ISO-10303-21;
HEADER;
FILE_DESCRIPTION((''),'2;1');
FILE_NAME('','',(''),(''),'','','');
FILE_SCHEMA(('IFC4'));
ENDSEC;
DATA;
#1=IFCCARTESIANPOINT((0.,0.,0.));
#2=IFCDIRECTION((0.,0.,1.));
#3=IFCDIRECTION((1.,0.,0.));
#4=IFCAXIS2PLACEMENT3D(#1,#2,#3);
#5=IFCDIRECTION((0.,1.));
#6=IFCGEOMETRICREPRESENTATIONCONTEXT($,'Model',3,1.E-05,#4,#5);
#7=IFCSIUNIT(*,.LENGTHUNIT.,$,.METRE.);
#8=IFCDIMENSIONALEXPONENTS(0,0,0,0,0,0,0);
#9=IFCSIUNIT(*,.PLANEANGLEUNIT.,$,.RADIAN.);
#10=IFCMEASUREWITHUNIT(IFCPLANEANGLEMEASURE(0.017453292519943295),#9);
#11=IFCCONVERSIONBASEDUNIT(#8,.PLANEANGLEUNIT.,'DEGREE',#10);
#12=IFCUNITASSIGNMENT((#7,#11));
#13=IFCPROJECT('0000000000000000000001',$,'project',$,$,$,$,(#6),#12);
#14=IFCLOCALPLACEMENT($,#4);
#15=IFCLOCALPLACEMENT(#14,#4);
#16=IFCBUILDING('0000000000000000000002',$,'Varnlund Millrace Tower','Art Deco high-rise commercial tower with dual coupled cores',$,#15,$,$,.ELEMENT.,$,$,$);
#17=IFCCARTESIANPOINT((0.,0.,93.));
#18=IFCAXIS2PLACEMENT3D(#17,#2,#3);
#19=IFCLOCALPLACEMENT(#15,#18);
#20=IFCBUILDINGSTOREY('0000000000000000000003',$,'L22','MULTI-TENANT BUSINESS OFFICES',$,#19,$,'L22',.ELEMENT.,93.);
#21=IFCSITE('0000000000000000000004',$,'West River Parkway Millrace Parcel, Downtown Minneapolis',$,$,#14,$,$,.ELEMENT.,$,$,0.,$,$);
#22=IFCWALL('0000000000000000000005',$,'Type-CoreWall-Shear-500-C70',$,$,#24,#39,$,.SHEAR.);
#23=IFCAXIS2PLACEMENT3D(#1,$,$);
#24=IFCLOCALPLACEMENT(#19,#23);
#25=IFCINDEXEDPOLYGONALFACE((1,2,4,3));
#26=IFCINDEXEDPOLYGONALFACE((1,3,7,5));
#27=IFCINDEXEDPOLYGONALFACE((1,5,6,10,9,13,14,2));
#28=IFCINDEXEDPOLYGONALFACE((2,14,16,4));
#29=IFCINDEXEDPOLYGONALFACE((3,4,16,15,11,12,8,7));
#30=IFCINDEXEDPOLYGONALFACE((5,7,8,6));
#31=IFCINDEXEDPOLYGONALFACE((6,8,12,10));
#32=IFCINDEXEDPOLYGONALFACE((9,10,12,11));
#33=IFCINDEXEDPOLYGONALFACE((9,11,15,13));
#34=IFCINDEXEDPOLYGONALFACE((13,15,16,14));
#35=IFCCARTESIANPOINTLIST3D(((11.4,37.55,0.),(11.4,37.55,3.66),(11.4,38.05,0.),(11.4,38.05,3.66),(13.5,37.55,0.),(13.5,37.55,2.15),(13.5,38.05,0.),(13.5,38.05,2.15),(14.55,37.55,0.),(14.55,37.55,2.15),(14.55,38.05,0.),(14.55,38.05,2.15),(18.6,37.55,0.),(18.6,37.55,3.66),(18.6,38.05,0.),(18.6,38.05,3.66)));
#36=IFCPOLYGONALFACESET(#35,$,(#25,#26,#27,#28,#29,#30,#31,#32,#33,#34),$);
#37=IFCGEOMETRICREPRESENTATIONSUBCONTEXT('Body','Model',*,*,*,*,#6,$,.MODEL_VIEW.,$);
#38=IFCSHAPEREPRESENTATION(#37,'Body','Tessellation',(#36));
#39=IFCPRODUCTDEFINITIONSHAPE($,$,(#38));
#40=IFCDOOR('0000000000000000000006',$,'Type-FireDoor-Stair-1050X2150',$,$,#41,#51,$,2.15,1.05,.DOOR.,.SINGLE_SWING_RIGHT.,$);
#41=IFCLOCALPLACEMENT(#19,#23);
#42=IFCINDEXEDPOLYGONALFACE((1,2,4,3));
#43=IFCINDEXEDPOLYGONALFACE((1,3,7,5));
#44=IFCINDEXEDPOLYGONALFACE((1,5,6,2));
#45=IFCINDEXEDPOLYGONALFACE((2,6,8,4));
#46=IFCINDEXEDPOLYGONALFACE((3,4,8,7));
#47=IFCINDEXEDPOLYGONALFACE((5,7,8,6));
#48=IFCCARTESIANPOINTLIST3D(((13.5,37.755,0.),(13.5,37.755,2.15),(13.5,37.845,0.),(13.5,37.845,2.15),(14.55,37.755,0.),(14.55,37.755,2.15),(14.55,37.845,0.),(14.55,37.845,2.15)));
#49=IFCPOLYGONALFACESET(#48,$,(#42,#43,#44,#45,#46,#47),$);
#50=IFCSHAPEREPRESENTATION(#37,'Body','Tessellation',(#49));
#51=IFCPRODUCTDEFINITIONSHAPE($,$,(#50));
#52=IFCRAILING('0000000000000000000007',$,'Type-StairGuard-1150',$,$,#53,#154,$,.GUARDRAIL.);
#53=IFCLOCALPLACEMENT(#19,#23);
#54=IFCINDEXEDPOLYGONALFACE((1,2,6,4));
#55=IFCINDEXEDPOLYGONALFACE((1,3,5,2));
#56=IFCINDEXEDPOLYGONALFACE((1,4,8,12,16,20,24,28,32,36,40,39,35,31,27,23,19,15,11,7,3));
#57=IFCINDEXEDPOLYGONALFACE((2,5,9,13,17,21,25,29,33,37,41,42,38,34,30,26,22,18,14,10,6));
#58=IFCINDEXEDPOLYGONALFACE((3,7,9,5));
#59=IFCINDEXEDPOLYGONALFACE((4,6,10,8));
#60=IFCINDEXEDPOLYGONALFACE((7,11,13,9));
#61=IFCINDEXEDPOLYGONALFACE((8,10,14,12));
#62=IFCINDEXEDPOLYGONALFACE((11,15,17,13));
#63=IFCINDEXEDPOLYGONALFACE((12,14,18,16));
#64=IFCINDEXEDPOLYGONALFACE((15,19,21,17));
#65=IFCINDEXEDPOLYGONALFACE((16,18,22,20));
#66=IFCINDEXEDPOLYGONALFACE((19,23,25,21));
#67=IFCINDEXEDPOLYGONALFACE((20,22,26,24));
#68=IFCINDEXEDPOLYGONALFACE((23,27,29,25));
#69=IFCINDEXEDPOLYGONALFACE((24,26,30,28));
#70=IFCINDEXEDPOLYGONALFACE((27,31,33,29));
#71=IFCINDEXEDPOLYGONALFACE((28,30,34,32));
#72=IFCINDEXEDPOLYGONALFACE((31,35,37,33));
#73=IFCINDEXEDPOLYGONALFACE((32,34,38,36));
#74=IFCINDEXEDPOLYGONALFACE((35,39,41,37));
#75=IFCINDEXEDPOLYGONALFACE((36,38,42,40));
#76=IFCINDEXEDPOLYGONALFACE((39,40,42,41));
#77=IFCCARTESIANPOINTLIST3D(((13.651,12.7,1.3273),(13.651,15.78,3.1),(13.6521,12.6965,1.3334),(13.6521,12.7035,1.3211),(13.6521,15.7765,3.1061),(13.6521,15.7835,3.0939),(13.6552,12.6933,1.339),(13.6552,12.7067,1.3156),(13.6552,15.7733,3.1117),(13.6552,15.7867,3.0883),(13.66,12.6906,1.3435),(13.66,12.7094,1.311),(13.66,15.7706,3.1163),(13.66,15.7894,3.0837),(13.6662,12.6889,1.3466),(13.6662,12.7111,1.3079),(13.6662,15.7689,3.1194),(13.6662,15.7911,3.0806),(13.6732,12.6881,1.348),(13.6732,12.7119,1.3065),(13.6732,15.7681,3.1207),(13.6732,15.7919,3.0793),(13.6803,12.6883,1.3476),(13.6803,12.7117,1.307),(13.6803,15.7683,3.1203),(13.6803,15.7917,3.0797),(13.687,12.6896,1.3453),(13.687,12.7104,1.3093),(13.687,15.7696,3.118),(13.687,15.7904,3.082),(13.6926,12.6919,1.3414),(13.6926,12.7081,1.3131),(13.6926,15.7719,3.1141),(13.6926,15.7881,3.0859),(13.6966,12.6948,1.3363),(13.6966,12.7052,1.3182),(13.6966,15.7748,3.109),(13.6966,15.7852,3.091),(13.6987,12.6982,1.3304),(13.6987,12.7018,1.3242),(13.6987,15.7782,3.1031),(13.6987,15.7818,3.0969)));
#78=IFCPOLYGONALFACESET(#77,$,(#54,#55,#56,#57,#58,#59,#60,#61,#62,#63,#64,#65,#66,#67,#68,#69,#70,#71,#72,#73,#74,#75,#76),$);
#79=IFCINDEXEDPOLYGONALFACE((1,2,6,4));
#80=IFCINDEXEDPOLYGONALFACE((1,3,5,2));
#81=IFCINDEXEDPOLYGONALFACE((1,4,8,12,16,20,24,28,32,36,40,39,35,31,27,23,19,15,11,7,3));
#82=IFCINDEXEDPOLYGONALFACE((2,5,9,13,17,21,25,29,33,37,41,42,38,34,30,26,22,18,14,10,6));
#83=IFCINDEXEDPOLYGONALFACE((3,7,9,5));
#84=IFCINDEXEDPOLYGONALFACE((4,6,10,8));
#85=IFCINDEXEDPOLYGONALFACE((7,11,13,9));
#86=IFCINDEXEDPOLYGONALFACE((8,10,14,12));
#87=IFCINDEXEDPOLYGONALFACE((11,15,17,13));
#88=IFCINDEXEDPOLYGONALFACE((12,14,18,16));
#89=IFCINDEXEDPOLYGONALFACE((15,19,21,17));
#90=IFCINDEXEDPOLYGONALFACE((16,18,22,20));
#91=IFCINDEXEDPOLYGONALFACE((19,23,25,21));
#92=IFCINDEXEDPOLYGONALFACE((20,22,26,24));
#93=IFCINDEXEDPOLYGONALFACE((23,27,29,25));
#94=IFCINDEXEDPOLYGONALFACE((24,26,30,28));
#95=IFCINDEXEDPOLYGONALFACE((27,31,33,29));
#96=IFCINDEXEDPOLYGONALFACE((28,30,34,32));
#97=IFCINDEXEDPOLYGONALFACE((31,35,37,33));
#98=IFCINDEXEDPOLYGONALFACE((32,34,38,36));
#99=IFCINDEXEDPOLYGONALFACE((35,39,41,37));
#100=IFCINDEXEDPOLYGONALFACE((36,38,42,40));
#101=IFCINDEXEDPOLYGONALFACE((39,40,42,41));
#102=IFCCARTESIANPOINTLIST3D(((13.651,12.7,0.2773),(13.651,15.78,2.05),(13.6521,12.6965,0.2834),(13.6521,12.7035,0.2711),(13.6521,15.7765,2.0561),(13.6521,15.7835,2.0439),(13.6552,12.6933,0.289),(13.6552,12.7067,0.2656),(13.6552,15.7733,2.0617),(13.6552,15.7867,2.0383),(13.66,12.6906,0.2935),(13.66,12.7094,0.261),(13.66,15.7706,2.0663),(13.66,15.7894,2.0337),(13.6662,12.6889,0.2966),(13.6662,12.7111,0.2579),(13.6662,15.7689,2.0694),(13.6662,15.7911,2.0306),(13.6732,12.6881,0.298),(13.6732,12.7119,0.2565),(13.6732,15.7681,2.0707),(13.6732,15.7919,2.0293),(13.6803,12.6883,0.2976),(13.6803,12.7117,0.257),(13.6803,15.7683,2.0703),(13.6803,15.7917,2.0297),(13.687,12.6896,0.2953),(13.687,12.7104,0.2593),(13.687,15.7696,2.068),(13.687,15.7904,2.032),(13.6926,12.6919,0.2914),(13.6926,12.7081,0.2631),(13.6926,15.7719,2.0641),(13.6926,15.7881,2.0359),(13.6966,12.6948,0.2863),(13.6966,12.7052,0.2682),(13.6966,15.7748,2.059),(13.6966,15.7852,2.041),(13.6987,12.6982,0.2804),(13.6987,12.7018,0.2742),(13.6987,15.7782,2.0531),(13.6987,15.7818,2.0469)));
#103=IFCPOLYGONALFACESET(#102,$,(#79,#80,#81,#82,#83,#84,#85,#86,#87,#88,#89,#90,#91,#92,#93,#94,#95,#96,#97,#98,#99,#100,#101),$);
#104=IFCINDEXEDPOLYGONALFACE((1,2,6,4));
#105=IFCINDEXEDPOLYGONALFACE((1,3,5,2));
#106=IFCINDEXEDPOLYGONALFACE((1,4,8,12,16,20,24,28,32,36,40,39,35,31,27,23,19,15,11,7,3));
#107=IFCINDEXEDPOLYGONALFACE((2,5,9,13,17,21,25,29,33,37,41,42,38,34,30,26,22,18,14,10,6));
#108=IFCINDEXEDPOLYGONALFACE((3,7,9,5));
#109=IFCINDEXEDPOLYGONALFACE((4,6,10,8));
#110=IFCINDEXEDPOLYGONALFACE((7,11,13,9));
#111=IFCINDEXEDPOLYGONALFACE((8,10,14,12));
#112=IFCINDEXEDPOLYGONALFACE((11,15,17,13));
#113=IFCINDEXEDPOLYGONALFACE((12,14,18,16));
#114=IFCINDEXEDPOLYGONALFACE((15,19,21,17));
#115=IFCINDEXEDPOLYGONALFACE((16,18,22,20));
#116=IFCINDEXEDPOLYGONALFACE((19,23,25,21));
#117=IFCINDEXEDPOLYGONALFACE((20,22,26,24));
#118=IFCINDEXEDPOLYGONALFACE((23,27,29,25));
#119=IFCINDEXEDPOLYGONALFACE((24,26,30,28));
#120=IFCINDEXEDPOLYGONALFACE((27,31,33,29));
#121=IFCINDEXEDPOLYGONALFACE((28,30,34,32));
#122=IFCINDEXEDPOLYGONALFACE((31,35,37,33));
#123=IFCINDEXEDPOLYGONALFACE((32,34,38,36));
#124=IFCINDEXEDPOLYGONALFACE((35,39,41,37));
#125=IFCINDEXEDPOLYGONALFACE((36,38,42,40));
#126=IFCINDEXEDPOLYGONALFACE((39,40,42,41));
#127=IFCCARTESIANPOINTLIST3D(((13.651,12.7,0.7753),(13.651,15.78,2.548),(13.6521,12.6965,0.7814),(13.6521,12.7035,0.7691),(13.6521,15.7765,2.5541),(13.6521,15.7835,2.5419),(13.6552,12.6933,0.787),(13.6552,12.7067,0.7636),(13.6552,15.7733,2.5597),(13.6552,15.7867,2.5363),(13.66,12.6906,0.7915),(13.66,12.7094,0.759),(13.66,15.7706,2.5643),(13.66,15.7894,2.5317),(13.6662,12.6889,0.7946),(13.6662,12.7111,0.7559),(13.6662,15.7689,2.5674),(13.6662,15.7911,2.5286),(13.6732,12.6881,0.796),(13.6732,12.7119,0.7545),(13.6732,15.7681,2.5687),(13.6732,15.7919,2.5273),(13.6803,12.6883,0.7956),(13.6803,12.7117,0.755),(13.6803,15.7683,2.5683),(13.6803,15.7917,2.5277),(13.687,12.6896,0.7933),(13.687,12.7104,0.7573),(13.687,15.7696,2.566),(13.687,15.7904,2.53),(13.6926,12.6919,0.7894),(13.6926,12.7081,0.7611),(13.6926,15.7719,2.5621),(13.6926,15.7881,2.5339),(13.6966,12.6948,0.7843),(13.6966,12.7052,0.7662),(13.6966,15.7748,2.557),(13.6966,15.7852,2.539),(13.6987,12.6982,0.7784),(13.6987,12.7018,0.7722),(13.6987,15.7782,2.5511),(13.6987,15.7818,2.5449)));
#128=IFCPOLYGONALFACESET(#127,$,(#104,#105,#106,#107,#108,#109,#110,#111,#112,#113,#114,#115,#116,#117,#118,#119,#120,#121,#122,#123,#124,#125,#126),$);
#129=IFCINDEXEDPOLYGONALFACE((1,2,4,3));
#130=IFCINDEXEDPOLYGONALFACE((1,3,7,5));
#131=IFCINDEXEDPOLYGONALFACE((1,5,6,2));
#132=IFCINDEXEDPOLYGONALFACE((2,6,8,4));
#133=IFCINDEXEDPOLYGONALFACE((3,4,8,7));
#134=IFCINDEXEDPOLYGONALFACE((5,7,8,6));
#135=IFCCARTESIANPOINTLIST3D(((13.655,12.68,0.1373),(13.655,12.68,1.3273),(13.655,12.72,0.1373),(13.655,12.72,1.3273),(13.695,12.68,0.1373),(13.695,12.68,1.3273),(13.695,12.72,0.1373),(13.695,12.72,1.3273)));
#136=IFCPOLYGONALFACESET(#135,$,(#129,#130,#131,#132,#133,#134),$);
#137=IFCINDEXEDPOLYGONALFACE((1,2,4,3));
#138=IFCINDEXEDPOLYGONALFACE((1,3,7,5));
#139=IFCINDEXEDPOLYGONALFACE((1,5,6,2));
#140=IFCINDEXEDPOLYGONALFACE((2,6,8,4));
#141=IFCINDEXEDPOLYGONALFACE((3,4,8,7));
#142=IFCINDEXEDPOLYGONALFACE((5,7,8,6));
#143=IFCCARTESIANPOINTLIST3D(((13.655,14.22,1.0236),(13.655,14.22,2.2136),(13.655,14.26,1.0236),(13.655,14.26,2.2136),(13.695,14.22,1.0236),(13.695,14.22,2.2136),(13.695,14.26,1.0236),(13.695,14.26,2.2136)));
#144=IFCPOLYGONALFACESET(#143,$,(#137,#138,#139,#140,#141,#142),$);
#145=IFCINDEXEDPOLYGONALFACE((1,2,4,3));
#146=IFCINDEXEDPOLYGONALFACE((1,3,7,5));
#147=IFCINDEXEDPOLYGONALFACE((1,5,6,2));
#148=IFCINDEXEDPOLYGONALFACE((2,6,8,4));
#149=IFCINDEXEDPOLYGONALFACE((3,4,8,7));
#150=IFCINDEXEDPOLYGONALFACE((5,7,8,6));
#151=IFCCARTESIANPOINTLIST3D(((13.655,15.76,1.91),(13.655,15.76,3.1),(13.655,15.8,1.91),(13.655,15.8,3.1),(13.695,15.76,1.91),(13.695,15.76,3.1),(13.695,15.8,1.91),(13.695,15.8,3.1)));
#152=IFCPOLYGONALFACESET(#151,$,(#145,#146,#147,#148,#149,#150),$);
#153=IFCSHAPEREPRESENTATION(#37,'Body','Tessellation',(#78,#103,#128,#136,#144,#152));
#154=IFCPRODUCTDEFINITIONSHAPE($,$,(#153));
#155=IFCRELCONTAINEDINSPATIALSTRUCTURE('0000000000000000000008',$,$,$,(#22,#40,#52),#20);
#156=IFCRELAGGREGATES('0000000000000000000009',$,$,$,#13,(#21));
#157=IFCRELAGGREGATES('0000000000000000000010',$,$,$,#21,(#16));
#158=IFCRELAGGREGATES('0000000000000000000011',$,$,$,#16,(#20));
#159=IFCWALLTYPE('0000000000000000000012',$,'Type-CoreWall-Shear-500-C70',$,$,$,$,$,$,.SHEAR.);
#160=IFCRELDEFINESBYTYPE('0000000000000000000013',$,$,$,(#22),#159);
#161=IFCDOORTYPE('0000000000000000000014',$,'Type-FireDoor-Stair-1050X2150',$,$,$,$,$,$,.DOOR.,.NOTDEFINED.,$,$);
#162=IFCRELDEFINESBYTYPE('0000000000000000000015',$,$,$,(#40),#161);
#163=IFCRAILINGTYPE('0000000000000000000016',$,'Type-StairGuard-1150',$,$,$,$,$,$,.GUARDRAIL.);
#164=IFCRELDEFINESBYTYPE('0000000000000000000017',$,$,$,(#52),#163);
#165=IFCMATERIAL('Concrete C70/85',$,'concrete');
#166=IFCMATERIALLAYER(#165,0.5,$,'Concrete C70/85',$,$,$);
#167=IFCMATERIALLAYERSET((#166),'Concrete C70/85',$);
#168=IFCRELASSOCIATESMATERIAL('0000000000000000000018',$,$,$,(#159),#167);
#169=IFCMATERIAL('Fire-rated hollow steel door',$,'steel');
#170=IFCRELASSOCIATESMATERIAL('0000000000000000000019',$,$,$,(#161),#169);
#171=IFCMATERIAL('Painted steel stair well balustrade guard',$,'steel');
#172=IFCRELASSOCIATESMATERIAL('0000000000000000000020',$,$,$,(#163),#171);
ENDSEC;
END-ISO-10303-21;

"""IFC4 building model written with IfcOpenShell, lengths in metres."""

from ifc_helpers import new_model, entity, si_unit, converted_unit, direction, frame, origin_with_axes, origin_2d_with_axis, place, context, subcontext, project, spatial, polyline, rectangle, circle, outline, extrude, material, layer, layer_set, type_object, element, fill, save


model = new_model("IFC4")

# Units and contexts
model_context = context("Model", 3, precision=1e-05, world=origin_with_axes(), true_north=direction((0.0, 1.0)))
body_context = subcontext(model_context, "Body", "Model", "MODEL_VIEW")
ifc_project = project(units=[si_unit("LENGTHUNIT", "METRE"), converted_unit("PLANEANGLEUNIT", "DEGREE", entity("IfcPlaneAngleMeasure", 0.017453292519943295), si_unit("PLANEANGLEUNIT", "RADIAN"), dimensions=[0, 0, 0, 0, 0, 0, 0])], contexts=[model_context])

# Site, building, storey
site_placement = place(None, origin_with_axes())
site = spatial("IfcSite", under=ifc_project, at=site_placement, Name="West River Parkway Millrace Parcel, Downtown Minneapolis", CompositionType="ELEMENT", RefElevation=0.0)
building_placement = place(site_placement, origin_with_axes())
building = spatial("IfcBuilding", under=site, at=building_placement, Name="Varnlund Millrace Tower", Description="Art Deco high-rise commercial tower with dual coupled cores", CompositionType="ELEMENT")
storey_placement = place(building_placement, frame((0.0, 0.0, 93.0), z_axis=(0.0, 0.0, 1.0), x_axis=(1.0, 0.0, 0.0)))
storey = spatial("IfcBuildingStorey", under=building, at=storey_placement, Name="L22", Description="MULTI-TENANT BUSINESS OFFICES", LongName="L22", CompositionType="ELEMENT", Elevation=93.0)

# Shared definitions
ifc_material_1 = material(Name="Concrete C70/85", Category="concrete")
ifc_layer_1 = layer(ifc_material_1, 0.5, Name="Concrete C70/85")
ifc_layer_set_1 = layer_set([ifc_layer_1], Name="Concrete C70/85")
wall_type = type_object("IfcWallType", Name="Type-CoreWall-Shear-500-C70", PredefinedType="SHEAR", material=ifc_layer_set_1)

# Wall, opening, door
ifc_material_2 = material(Name="Fire-rated hollow steel door", Category="steel")
door_type = type_object("IfcDoorType", Name="Type-FireDoor-Stair-1050X2150", OperationType="NOTDEFINED", PredefinedType="DOOR", material=ifc_material_2)
wall_1_placement = place(storey_placement, frame((11.4, 37.8, 0.0), z_axis=(0.0, 0.0, 1.0), x_axis=(1.0, 0.0, 0.0)))
wall_1 = element("IfcWall", 1, at=wall_1_placement, inside=storey, type_object=wall_type, Name="Type-CoreWall-Shear-500-C70", PredefinedType="SHEAR", context=body_context, shape_type="SweptSolid", body=[
    extrude(outline(polyline([(0.0, -0.25), (7.2, -0.25), (7.2, 0.25), (0.0, 0.25), (0.0, -0.25)])), origin_with_axes(), (0.0, 0.0, 1.0), 3.66),
])
opening_1_placement = place(wall_1_placement, frame((2.625, 0.0, 0.0), z_axis=(0.0, 0.0, 1.0), x_axis=(1.0, 0.0, 0.0)))
opening_1 = element("IfcOpeningElement", 2, at=opening_1_placement, cuts=wall_1, PredefinedType="OPENING", context=body_context, shape_type="SweptSolid", body=[
    extrude(rectangle(XDim=1.05, YDim=0.52, at=origin_2d_with_axis()), origin_with_axes(), (0.0, 0.0, 1.0), 2.15),
])
door_1_placement = place(wall_1_placement, frame((2.625, 0.0, 0.0), z_axis=(0.0, 0.0, 1.0), x_axis=(1.0, 0.0, 0.0)))
door_1 = element("IfcDoor", 3, at=door_1_placement, inside=storey, type_object=door_type, Name="Type-FireDoor-Stair-1050X2150", OperationType="SINGLE_SWING_RIGHT", OverallHeight=2.15, OverallWidth=1.05, PredefinedType="DOOR", context=body_context, shape_type="SweptSolid", body=[
    extrude(rectangle(XDim=1.05, YDim=0.09, at=origin_2d_with_axis()), origin_with_axes(), (0.0, 0.0, 1.0), 2.15),
])
fill(opening_1, door_1)

# Railing
ifc_material_3 = material(Name="Painted steel stair well balustrade guard", Category="steel")
railing_type_1 = type_object("IfcRailingType", Name="Type-StairGuard-1150", PredefinedType="GUARDRAIL", material=ifc_material_3)
railing_1_placement = place(storey_placement, frame((0.0, 0.0, -93.0), z_axis=(0.0, 0.0, 1.0), x_axis=(1.0, 0.0, 0.0)))
element("IfcRailing", 4, at=railing_1_placement, inside=storey, type_object=railing_type_1, Name="Type-StairGuard-1150", PredefinedType="GUARDRAIL", context=body_context, shape_type="SweptSolid", body=[
    extrude(circle(Radius=0.024, at=origin_2d_with_axis()), frame((13.675, 12.7, 94.3273), z_axis=(0.0, 0.866696, 0.498836), x_axis=(-1.0, 0.0, 0.0)), (0.0, 0.0, 1.0), 3.5537),
    extrude(circle(Radius=0.024, at=origin_2d_with_axis()), frame((13.675, 12.7, 93.2773), z_axis=(0.0, 0.866696, 0.498836), x_axis=(-1.0, 0.0, 0.0)), (0.0, 0.0, 1.0), 3.5537),
    extrude(circle(Radius=0.024, at=origin_2d_with_axis()), frame((13.675, 12.7, 93.7753), z_axis=(0.0, 0.866696, 0.498836), x_axis=(-1.0, 0.0, 0.0)), (0.0, 0.0, 1.0), 3.5537),
    extrude(rectangle(XDim=0.04, YDim=0.04, at=origin_2d_with_axis()), frame((13.675, 12.7, 93.1373), z_axis=(0.0, 0.0, 1.0), x_axis=(1.0, 0.0, 0.0)), (0.0, 0.0, 1.0), 1.19),
    extrude(rectangle(XDim=0.04, YDim=0.04, at=origin_2d_with_axis()), frame((13.675, 14.24, 94.0236), z_axis=(0.0, 0.0, 1.0), x_axis=(1.0, 0.0, 0.0)), (0.0, 0.0, 1.0), 1.19),
    extrude(rectangle(XDim=0.04, YDim=0.04, at=origin_2d_with_axis()), frame((13.675, 15.78, 94.91), z_axis=(0.0, 0.0, 1.0), x_axis=(1.0, 0.0, 0.0)), (0.0, 0.0, 1.0), 1.19),
])

save(model, "model.ifc")
